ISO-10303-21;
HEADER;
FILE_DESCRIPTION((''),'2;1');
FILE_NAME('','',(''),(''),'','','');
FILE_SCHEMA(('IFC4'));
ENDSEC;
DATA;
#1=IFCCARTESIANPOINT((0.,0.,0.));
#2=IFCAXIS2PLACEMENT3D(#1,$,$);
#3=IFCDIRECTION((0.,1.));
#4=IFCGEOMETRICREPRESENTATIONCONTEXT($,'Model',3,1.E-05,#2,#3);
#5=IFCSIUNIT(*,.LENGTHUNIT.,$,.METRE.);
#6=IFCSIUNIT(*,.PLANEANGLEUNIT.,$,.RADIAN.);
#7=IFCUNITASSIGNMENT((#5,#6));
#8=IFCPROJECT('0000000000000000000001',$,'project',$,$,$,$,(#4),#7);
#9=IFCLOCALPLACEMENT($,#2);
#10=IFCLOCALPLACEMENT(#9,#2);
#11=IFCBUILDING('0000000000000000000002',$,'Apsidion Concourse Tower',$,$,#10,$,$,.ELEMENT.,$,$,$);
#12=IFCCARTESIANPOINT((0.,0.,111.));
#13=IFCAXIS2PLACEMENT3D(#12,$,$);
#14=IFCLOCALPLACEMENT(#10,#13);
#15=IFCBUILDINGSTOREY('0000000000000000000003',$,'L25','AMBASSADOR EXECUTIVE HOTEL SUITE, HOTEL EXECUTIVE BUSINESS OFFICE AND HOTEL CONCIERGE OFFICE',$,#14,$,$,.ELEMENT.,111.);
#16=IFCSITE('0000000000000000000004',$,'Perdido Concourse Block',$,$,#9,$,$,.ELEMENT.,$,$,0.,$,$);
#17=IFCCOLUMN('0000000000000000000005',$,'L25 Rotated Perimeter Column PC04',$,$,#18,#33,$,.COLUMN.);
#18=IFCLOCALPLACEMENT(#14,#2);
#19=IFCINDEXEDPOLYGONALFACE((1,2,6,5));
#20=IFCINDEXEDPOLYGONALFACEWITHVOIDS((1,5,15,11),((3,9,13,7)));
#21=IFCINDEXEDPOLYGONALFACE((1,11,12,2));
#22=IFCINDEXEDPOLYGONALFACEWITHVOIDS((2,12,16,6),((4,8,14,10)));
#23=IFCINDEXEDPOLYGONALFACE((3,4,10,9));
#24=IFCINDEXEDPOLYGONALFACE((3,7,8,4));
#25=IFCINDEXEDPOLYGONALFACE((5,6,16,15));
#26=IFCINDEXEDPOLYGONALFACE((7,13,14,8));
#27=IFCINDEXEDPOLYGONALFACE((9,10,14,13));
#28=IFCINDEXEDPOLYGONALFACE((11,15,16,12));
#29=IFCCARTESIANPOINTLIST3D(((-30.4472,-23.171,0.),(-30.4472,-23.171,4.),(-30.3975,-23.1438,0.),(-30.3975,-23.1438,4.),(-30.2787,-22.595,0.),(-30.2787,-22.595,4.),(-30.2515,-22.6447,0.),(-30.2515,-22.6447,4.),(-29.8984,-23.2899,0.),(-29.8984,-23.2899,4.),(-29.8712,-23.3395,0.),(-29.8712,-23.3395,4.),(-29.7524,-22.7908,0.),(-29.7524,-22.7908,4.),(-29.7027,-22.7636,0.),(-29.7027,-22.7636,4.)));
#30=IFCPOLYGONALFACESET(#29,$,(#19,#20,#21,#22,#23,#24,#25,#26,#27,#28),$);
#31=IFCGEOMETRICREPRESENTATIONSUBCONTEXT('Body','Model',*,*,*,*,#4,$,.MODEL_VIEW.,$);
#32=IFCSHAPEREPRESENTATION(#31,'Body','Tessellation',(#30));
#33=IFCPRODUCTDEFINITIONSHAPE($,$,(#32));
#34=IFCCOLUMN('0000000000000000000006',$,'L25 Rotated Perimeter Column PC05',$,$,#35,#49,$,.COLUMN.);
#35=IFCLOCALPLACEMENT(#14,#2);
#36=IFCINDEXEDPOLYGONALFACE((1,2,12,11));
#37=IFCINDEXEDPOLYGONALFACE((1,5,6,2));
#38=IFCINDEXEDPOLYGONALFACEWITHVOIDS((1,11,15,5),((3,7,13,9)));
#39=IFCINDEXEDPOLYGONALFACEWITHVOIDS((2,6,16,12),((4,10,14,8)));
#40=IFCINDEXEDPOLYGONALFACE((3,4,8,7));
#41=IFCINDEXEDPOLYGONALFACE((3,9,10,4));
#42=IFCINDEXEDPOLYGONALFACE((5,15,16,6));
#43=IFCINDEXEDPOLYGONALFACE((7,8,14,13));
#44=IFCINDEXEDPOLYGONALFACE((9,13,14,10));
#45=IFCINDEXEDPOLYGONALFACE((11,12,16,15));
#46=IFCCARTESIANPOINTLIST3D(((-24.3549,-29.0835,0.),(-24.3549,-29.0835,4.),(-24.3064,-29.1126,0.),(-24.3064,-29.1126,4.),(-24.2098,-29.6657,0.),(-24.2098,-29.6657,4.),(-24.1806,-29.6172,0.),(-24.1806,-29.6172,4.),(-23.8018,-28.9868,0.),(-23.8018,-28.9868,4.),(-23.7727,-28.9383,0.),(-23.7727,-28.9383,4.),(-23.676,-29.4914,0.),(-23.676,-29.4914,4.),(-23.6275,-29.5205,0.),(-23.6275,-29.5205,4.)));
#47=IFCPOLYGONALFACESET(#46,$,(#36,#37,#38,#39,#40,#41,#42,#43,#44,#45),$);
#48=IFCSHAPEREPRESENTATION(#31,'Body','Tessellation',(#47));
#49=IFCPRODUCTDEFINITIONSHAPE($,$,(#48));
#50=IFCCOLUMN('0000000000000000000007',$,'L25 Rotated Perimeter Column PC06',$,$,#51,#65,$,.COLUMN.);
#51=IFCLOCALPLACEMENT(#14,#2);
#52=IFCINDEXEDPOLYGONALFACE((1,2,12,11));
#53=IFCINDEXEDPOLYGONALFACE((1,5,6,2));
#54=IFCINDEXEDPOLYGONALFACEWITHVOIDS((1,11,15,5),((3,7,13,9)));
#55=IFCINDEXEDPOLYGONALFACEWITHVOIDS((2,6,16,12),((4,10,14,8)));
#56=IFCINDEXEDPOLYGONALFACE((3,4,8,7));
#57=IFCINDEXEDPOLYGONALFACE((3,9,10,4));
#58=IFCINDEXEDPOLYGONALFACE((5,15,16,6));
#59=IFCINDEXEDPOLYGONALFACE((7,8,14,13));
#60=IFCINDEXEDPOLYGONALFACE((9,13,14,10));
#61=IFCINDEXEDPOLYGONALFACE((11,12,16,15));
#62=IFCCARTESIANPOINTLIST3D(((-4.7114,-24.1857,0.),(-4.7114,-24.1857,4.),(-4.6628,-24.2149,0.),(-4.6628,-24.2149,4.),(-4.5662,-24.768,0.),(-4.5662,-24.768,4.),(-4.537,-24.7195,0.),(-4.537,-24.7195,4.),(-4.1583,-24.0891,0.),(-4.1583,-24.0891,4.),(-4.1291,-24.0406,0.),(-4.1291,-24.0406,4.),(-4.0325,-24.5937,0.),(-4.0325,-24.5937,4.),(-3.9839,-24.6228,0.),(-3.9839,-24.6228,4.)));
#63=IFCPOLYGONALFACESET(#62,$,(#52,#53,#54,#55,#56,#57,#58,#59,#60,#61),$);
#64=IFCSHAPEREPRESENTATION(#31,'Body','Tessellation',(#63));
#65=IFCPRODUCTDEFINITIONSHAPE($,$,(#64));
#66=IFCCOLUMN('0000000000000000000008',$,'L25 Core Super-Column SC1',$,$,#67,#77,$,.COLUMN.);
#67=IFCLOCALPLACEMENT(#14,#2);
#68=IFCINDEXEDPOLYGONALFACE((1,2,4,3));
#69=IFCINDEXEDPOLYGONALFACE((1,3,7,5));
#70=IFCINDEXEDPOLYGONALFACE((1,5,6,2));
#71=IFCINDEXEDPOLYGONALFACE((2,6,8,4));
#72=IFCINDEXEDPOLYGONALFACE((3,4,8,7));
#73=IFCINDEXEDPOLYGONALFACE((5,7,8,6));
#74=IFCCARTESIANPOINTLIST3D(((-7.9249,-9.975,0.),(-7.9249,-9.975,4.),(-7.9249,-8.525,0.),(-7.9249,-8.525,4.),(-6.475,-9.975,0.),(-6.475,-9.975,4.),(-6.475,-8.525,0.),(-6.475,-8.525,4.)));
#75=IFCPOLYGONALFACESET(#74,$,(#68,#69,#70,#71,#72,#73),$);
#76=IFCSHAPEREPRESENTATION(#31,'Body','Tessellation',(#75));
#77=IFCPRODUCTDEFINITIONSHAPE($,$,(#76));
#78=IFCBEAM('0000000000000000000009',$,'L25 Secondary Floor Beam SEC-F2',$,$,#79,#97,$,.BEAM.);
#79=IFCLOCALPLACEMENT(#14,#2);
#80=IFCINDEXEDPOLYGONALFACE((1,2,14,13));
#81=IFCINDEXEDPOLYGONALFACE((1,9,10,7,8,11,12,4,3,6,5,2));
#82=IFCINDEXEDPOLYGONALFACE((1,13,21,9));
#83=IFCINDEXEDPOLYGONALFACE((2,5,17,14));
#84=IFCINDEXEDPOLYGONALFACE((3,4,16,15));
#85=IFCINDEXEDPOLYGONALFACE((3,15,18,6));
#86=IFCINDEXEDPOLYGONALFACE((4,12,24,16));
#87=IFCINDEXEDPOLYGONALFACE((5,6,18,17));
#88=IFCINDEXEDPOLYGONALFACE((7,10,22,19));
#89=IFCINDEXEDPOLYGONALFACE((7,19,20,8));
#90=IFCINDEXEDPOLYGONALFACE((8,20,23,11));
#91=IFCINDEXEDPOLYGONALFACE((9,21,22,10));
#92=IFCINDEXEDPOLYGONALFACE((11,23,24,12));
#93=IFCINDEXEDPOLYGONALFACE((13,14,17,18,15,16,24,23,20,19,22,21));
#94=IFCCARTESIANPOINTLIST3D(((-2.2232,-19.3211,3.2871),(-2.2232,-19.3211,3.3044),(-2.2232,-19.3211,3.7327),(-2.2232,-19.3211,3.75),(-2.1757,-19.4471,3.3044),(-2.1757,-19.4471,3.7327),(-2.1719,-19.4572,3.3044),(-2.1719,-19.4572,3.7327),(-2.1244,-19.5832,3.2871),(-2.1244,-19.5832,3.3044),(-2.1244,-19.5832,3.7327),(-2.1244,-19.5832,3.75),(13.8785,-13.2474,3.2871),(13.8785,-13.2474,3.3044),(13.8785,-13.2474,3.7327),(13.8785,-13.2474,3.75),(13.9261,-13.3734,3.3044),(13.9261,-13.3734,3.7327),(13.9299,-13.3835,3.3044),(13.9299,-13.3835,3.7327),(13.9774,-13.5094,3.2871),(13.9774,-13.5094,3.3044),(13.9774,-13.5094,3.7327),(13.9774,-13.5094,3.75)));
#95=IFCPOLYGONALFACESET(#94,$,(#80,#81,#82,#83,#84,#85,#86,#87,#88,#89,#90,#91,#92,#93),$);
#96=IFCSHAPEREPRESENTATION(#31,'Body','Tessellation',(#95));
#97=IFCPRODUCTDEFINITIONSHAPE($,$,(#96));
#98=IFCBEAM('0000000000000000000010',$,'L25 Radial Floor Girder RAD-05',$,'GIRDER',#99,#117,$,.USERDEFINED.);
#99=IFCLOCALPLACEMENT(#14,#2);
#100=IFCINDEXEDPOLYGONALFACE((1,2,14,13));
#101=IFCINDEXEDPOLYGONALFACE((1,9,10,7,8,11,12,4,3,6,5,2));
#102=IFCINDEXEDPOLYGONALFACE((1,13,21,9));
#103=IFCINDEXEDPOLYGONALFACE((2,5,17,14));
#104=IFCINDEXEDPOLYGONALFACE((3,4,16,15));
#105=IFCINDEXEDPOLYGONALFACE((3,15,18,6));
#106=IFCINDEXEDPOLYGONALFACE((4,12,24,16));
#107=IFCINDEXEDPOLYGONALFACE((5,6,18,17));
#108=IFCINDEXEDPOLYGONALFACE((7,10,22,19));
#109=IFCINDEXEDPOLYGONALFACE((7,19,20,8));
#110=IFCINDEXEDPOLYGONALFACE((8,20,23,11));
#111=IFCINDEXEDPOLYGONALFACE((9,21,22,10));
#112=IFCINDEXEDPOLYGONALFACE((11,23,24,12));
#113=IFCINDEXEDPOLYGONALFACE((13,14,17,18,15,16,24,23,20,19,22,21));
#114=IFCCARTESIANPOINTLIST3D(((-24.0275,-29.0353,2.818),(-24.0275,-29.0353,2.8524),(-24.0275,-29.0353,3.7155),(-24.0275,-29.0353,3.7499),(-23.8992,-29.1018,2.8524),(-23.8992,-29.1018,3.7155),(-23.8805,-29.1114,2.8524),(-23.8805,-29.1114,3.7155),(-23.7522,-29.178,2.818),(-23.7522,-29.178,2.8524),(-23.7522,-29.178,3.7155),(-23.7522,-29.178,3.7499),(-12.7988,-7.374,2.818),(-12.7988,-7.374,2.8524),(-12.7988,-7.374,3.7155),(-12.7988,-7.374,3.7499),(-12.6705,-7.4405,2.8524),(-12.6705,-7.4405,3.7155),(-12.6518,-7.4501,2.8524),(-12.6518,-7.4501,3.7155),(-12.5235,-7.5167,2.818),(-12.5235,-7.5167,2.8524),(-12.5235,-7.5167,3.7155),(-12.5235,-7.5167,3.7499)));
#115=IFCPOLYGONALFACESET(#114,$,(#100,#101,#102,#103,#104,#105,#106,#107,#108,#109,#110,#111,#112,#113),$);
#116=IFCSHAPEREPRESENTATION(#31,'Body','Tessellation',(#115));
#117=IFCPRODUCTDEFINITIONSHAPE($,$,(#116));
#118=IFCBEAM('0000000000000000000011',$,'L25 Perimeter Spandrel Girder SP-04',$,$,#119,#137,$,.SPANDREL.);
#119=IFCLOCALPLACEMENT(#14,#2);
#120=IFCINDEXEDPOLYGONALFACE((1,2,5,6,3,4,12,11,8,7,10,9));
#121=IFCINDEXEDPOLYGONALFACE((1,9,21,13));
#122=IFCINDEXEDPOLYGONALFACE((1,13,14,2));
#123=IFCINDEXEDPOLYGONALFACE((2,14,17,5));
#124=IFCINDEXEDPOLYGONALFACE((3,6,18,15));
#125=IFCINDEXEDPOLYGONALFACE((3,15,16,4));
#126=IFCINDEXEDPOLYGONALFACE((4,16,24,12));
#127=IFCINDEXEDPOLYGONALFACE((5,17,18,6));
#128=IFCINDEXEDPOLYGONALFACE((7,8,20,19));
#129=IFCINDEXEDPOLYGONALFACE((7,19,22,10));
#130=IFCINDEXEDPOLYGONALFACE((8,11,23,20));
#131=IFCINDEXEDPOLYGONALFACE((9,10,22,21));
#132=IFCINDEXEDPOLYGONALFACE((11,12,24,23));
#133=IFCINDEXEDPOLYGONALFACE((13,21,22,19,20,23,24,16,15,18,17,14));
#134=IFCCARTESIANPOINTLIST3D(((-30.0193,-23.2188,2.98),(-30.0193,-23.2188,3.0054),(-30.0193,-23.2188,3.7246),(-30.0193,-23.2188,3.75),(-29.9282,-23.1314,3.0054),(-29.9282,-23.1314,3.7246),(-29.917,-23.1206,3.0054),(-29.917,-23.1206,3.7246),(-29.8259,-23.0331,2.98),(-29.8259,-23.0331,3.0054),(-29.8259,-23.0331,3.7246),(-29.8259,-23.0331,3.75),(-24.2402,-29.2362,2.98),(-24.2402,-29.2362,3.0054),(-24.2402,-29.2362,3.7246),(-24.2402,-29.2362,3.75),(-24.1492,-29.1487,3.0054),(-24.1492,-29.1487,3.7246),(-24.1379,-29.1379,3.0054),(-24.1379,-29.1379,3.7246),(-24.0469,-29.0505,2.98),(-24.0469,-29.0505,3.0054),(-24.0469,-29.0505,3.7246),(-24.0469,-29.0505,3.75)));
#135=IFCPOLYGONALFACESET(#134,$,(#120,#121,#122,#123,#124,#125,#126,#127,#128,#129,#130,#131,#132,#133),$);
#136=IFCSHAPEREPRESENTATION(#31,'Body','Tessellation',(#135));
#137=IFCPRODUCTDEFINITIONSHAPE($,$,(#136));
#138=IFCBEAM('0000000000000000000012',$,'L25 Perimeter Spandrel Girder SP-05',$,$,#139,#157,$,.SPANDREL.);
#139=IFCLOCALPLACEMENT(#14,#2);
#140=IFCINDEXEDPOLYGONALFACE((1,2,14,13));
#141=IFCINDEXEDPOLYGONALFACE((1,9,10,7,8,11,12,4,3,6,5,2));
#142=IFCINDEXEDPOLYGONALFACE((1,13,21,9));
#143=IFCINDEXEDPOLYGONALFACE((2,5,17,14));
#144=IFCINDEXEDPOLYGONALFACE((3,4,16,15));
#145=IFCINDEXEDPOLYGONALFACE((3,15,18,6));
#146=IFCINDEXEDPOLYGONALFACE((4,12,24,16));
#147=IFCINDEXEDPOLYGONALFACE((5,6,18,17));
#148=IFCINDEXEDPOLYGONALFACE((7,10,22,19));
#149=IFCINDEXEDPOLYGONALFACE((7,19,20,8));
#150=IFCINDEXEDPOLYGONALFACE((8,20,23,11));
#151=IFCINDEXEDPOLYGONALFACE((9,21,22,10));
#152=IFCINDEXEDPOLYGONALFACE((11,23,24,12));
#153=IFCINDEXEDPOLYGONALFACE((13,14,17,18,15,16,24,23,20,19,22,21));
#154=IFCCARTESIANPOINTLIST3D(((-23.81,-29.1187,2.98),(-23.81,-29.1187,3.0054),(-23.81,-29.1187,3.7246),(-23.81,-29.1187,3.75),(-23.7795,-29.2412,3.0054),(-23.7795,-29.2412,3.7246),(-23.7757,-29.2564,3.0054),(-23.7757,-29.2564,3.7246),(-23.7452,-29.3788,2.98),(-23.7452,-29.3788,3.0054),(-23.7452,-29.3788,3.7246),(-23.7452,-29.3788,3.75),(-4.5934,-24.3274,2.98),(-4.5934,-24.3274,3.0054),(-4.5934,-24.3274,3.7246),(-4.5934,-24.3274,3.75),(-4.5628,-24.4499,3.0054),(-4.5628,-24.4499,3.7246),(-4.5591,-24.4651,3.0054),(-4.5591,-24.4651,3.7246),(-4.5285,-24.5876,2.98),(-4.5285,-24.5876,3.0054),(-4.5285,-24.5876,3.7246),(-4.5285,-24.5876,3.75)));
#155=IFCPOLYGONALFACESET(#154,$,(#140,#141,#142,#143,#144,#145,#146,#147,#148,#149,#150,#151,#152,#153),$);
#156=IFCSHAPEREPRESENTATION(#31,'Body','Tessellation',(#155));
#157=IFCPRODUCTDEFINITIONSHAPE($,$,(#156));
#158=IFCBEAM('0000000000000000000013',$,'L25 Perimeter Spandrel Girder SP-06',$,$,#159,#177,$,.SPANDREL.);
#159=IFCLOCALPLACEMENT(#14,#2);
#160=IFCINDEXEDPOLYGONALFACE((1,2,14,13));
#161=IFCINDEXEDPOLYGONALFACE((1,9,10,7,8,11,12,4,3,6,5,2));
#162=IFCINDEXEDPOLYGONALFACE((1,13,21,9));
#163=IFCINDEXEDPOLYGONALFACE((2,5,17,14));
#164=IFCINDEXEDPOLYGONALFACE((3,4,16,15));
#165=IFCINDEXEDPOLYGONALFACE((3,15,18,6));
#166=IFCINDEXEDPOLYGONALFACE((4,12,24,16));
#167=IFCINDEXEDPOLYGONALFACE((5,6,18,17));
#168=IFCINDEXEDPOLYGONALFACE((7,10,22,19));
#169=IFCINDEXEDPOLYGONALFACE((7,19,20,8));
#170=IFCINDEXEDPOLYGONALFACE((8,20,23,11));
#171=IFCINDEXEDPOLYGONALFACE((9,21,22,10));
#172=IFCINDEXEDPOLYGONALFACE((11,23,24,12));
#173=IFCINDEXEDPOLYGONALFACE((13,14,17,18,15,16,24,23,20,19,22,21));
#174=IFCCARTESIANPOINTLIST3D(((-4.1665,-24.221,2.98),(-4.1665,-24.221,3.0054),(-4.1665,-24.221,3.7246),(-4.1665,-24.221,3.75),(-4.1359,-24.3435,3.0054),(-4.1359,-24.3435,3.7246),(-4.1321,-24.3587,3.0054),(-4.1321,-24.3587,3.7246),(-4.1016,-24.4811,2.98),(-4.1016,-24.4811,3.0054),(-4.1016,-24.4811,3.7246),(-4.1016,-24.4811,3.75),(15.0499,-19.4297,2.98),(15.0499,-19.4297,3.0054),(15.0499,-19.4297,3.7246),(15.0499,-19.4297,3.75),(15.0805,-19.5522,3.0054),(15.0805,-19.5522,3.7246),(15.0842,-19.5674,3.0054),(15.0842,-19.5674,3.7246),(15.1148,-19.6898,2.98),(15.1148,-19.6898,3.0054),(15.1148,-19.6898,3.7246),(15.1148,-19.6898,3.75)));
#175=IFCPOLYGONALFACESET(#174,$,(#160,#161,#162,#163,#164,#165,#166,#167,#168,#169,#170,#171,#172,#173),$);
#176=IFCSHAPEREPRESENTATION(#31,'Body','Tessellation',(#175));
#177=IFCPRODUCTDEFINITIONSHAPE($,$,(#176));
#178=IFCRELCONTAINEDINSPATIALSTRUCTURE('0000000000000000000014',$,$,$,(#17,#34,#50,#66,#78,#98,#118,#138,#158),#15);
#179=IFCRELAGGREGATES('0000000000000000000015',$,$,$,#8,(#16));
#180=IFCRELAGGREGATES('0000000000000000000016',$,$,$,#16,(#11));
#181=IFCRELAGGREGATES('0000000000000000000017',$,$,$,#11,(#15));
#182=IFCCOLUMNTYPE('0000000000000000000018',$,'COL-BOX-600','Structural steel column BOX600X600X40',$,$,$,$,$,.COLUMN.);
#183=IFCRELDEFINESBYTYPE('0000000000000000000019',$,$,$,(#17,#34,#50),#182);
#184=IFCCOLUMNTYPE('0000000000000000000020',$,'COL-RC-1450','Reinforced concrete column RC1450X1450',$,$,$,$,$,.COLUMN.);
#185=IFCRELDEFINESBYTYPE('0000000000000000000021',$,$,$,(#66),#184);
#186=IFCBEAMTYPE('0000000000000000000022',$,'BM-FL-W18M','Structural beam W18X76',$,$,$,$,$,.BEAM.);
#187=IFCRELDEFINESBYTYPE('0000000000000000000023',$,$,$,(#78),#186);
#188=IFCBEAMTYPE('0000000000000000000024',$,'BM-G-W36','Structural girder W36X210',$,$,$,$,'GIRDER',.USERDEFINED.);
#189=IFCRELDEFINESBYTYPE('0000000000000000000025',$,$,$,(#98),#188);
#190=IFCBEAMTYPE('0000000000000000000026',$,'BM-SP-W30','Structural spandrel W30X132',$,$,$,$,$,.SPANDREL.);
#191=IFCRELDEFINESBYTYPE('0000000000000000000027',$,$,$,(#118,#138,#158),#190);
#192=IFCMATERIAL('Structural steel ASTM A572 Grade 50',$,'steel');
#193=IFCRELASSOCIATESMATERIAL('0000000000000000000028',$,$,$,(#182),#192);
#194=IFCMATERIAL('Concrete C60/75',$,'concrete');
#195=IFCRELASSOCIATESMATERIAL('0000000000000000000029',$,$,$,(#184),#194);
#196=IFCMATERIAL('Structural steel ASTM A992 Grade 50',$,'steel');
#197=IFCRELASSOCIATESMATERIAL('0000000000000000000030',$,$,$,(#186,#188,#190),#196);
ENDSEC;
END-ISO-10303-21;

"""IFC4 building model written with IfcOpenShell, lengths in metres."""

from ifc_helpers import new_model, si_unit, direction, frame, origin, origin_2d, place, context, subcontext, project, spatial, rectangle, hollow_rectangle, i_section, extrude, material, material_profile, profile_set, type_object, element, save


model = new_model("IFC4")

# Units and contexts
model_context = context("Model", 3, precision=1e-05, world=origin(), true_north=direction((0.0, 1.0)))
body_context = subcontext(model_context, "Body", "Model", "MODEL_VIEW")
ifc_project = project(units=[si_unit("LENGTHUNIT", "METRE"), si_unit("PLANEANGLEUNIT", "RADIAN")], contexts=[model_context])

# Site, building, storey
site_placement = place(None, origin())
site = spatial("IfcSite", under=ifc_project, at=site_placement, Name="Perdido Concourse Block", CompositionType="ELEMENT", RefElevation=0.0)
building_placement = place(site_placement, origin())
building = spatial("IfcBuilding", under=site, at=building_placement, Name="Apsidion Concourse Tower", CompositionType="ELEMENT")
storey_placement = place(building_placement, frame((0.0, 0.0, 111.0)))
storey = spatial("IfcBuildingStorey", under=building, at=storey_placement, Name="L25", Description="AMBASSADOR EXECUTIVE HOTEL SUITE, HOTEL EXECUTIVE BUSINESS OFFICE AND HOTEL CONCIERGE OFFICE", CompositionType="ELEMENT", Elevation=111.0)

# Columns
ifc_material_1 = material(Name="Structural steel ASTM A572 Grade 50", Category="steel")
ifc_material_profile_1 = material_profile(ifc_material_1, hollow_rectangle(XDim=0.6001, YDim=0.6001, WallThickness=0.04, at=origin_2d()), Name="BOX600X600X40")
ifc_profile_set_1 = profile_set([ifc_material_profile_1], Name="Structural steel ASTM A572 Grade 50")
column_type_1 = type_object("IfcColumnType", Name="COL-BOX-600", Description="Structural steel column BOX600X600X40", PredefinedType="COLUMN", material=ifc_profile_set_1)
for number, where, z_axis, x_axis, name in (
    (1, (-30.075, -22.9673, 0.0), (0.0, 0.0, 1.0), (0.280834, 0.959756, 0.0), "L25 Rotated Perimeter Column PC04"),
    (2, (-23.9912, -29.302, 0.0), (0.0, 0.0, 1.0), (0.970296, 0.241922, 0.0), "L25 Rotated Perimeter Column PC05"),
    (3, (-4.3477, -24.4043, 0.0), (0.0, 0.0, 1.0), (0.970296, 0.241922, 0.0), "L25 Rotated Perimeter Column PC06"),
):
    element("IfcColumn", number, at=place(storey_placement, frame(where, z_axis=z_axis, x_axis=x_axis)), inside=storey, type_object=column_type_1, Name=name, PredefinedType="COLUMN", context=body_context, shape_type="SweptSolid", body=[
        extrude(hollow_rectangle(XDim=0.6001, YDim=0.6001, WallThickness=0.04, at=origin_2d()), origin(), (0.0, 0.0, 1.0), 4.0),
    ])
ifc_material_2 = material(Name="Concrete C60/75", Category="concrete")
ifc_material_profile_2 = material_profile(ifc_material_2, rectangle(XDim=1.45, YDim=1.45, at=origin_2d()), Name="RC 1450x1450")
ifc_profile_set_2 = profile_set([ifc_material_profile_2], Name="Concrete C60/75")
column_type_2 = type_object("IfcColumnType", Name="COL-RC-1450", Description="Reinforced concrete column RC1450X1450", PredefinedType="COLUMN", material=ifc_profile_set_2)
column_placement = place(storey_placement, frame((-7.2, -9.25, 0.0), z_axis=(0.0, 0.0, 1.0), x_axis=(1.0, 0.0, 0.0)))
element("IfcColumn", 4, at=column_placement, inside=storey, type_object=column_type_2, Name="L25 Core Super-Column SC1", PredefinedType="COLUMN", context=body_context, shape_type="SweptSolid", body=[
    extrude(rectangle(XDim=1.45, YDim=1.45, at=origin_2d()), origin(), (0.0, 0.0, 1.0), 4.0),
])

# Beams
ifc_material_3 = material(Name="Structural steel ASTM A992 Grade 50", Category="steel")
ifc_material_profile_3 = material_profile(ifc_material_3, i_section(OverallWidth=0.28, OverallDepth=0.4629, WebThickness=0.0107, FlangeThickness=0.0173, at=origin_2d()), Name="W18X76")
ifc_profile_set_3 = profile_set([ifc_material_profile_3], Name="Structural steel ASTM A992 Grade 50")
beam_type_1 = type_object("IfcBeamType", Name="BM-FL-W18M", Description="Structural beam W18X76", PredefinedType="BEAM", material=ifc_profile_set_3)
beam_1_placement = place(storey_placement, frame((-2.1738, -19.4521, 3.5186), z_axis=(0.935648, 0.352934, 0.0), x_axis=(-0.352934, 0.935648, 0.0)))
element("IfcBeam", 5, at=beam_1_placement, inside=storey, type_object=beam_type_1, Name="L25 Secondary Floor Beam SEC-F2", PredefinedType="BEAM", context=body_context, shape_type="SweptSolid", body=[
    extrude(i_section(OverallWidth=0.28, OverallDepth=0.4629, WebThickness=0.0107, FlangeThickness=0.0173, at=origin_2d()), origin(), (0.0, 0.0, 1.0), 17.2092),
])
ifc_material_profile_4 = material_profile(ifc_material_3, i_section(OverallWidth=0.3101, OverallDepth=0.9319, WebThickness=0.021, FlangeThickness=0.0344, at=origin_2d()), Name="W36X210")
ifc_profile_set_4 = profile_set([ifc_material_profile_4], Name="Structural steel ASTM A992 Grade 50")
beam_type_2 = type_object("IfcBeamType", Name="BM-G-W36", Description="Structural girder W36X210", ElementType="GIRDER", PredefinedType="USERDEFINED", material=ifc_profile_set_4)
beam_2_placement = place(storey_placement, frame((-12.6611, -7.4453, 3.2839), z_axis=(-0.460218, -0.887806, 0.0), x_axis=(0.887806, -0.460218, 0.0)))
element("IfcBeam", 6, at=beam_2_placement, inside=storey, type_object=beam_type_2, Name="L25 Radial Floor Girder RAD-05", ObjectType="GIRDER", PredefinedType="USERDEFINED", context=body_context, shape_type="SweptSolid", body=[
    extrude(i_section(OverallWidth=0.3101, OverallDepth=0.9319, WebThickness=0.021, FlangeThickness=0.0344, at=origin_2d()), origin(), (0.0, 0.0, 1.0), 24.3987),
])
ifc_material_profile_5 = material_profile(ifc_material_3, i_section(OverallWidth=0.2681, OverallDepth=0.77, WebThickness=0.0156, FlangeThickness=0.0254, at=origin_2d()), Name="W30X132")
ifc_profile_set_5 = profile_set([ifc_material_profile_5], Name="Structural steel ASTM A992 Grade 50")
beam_type_3 = type_object("IfcBeamType", Name="BM-SP-W30", Description="Structural spandrel W30X132", PredefinedType="SPANDREL", material=ifc_profile_set_5)
beam_3_placement = place(storey_placement, frame((-29.9226, -23.126, 3.365), z_axis=(0.692682, -0.721243, 0.0), x_axis=(0.721243, 0.692682, 0.0)))
element("IfcBeam", 7, at=beam_3_placement, inside=storey, type_object=beam_type_3, Name="L25 Perimeter Spandrel Girder SP-04", PredefinedType="SPANDREL", context=body_context, shape_type="SweptSolid", body=[
    extrude(i_section(OverallWidth=0.2681, OverallDepth=0.77, WebThickness=0.0156, FlangeThickness=0.0254, at=origin_2d()), origin(), (0.0, 0.0, 1.0), 8.343),
])
beam_4_placement = place(storey_placement, frame((-23.7776, -29.2488, 3.365), z_axis=(0.970295, 0.241924, 0.0), x_axis=(-0.241924, 0.970295, 0.0)))
element("IfcBeam", 8, at=beam_4_placement, inside=storey, type_object=beam_type_3, Name="L25 Perimeter Spandrel Girder SP-05", PredefinedType="SPANDREL", context=body_context, shape_type="SweptSolid", body=[
    extrude(i_section(OverallWidth=0.2681, OverallDepth=0.77, WebThickness=0.0156, FlangeThickness=0.0254, at=origin_2d()), origin(), (0.0, 0.0, 1.0), 19.8049),
])
beam_5_placement = place(storey_placement, frame((-4.134, -24.3511, 3.365), z_axis=(0.970295, 0.241926, 0.0), x_axis=(-0.241926, 0.970295, 0.0)))
element("IfcBeam", 9, at=beam_5_placement, inside=storey, type_object=beam_type_3, Name="L25 Perimeter Spandrel Girder SP-06", PredefinedType="SPANDREL", context=body_context, shape_type="SweptSolid", body=[
    extrude(i_section(OverallWidth=0.2681, OverallDepth=0.77, WebThickness=0.0156, FlangeThickness=0.0254, at=origin_2d()), origin(), (0.0, 0.0, 1.0), 19.8047),
])

save(model, "model.ifc")
